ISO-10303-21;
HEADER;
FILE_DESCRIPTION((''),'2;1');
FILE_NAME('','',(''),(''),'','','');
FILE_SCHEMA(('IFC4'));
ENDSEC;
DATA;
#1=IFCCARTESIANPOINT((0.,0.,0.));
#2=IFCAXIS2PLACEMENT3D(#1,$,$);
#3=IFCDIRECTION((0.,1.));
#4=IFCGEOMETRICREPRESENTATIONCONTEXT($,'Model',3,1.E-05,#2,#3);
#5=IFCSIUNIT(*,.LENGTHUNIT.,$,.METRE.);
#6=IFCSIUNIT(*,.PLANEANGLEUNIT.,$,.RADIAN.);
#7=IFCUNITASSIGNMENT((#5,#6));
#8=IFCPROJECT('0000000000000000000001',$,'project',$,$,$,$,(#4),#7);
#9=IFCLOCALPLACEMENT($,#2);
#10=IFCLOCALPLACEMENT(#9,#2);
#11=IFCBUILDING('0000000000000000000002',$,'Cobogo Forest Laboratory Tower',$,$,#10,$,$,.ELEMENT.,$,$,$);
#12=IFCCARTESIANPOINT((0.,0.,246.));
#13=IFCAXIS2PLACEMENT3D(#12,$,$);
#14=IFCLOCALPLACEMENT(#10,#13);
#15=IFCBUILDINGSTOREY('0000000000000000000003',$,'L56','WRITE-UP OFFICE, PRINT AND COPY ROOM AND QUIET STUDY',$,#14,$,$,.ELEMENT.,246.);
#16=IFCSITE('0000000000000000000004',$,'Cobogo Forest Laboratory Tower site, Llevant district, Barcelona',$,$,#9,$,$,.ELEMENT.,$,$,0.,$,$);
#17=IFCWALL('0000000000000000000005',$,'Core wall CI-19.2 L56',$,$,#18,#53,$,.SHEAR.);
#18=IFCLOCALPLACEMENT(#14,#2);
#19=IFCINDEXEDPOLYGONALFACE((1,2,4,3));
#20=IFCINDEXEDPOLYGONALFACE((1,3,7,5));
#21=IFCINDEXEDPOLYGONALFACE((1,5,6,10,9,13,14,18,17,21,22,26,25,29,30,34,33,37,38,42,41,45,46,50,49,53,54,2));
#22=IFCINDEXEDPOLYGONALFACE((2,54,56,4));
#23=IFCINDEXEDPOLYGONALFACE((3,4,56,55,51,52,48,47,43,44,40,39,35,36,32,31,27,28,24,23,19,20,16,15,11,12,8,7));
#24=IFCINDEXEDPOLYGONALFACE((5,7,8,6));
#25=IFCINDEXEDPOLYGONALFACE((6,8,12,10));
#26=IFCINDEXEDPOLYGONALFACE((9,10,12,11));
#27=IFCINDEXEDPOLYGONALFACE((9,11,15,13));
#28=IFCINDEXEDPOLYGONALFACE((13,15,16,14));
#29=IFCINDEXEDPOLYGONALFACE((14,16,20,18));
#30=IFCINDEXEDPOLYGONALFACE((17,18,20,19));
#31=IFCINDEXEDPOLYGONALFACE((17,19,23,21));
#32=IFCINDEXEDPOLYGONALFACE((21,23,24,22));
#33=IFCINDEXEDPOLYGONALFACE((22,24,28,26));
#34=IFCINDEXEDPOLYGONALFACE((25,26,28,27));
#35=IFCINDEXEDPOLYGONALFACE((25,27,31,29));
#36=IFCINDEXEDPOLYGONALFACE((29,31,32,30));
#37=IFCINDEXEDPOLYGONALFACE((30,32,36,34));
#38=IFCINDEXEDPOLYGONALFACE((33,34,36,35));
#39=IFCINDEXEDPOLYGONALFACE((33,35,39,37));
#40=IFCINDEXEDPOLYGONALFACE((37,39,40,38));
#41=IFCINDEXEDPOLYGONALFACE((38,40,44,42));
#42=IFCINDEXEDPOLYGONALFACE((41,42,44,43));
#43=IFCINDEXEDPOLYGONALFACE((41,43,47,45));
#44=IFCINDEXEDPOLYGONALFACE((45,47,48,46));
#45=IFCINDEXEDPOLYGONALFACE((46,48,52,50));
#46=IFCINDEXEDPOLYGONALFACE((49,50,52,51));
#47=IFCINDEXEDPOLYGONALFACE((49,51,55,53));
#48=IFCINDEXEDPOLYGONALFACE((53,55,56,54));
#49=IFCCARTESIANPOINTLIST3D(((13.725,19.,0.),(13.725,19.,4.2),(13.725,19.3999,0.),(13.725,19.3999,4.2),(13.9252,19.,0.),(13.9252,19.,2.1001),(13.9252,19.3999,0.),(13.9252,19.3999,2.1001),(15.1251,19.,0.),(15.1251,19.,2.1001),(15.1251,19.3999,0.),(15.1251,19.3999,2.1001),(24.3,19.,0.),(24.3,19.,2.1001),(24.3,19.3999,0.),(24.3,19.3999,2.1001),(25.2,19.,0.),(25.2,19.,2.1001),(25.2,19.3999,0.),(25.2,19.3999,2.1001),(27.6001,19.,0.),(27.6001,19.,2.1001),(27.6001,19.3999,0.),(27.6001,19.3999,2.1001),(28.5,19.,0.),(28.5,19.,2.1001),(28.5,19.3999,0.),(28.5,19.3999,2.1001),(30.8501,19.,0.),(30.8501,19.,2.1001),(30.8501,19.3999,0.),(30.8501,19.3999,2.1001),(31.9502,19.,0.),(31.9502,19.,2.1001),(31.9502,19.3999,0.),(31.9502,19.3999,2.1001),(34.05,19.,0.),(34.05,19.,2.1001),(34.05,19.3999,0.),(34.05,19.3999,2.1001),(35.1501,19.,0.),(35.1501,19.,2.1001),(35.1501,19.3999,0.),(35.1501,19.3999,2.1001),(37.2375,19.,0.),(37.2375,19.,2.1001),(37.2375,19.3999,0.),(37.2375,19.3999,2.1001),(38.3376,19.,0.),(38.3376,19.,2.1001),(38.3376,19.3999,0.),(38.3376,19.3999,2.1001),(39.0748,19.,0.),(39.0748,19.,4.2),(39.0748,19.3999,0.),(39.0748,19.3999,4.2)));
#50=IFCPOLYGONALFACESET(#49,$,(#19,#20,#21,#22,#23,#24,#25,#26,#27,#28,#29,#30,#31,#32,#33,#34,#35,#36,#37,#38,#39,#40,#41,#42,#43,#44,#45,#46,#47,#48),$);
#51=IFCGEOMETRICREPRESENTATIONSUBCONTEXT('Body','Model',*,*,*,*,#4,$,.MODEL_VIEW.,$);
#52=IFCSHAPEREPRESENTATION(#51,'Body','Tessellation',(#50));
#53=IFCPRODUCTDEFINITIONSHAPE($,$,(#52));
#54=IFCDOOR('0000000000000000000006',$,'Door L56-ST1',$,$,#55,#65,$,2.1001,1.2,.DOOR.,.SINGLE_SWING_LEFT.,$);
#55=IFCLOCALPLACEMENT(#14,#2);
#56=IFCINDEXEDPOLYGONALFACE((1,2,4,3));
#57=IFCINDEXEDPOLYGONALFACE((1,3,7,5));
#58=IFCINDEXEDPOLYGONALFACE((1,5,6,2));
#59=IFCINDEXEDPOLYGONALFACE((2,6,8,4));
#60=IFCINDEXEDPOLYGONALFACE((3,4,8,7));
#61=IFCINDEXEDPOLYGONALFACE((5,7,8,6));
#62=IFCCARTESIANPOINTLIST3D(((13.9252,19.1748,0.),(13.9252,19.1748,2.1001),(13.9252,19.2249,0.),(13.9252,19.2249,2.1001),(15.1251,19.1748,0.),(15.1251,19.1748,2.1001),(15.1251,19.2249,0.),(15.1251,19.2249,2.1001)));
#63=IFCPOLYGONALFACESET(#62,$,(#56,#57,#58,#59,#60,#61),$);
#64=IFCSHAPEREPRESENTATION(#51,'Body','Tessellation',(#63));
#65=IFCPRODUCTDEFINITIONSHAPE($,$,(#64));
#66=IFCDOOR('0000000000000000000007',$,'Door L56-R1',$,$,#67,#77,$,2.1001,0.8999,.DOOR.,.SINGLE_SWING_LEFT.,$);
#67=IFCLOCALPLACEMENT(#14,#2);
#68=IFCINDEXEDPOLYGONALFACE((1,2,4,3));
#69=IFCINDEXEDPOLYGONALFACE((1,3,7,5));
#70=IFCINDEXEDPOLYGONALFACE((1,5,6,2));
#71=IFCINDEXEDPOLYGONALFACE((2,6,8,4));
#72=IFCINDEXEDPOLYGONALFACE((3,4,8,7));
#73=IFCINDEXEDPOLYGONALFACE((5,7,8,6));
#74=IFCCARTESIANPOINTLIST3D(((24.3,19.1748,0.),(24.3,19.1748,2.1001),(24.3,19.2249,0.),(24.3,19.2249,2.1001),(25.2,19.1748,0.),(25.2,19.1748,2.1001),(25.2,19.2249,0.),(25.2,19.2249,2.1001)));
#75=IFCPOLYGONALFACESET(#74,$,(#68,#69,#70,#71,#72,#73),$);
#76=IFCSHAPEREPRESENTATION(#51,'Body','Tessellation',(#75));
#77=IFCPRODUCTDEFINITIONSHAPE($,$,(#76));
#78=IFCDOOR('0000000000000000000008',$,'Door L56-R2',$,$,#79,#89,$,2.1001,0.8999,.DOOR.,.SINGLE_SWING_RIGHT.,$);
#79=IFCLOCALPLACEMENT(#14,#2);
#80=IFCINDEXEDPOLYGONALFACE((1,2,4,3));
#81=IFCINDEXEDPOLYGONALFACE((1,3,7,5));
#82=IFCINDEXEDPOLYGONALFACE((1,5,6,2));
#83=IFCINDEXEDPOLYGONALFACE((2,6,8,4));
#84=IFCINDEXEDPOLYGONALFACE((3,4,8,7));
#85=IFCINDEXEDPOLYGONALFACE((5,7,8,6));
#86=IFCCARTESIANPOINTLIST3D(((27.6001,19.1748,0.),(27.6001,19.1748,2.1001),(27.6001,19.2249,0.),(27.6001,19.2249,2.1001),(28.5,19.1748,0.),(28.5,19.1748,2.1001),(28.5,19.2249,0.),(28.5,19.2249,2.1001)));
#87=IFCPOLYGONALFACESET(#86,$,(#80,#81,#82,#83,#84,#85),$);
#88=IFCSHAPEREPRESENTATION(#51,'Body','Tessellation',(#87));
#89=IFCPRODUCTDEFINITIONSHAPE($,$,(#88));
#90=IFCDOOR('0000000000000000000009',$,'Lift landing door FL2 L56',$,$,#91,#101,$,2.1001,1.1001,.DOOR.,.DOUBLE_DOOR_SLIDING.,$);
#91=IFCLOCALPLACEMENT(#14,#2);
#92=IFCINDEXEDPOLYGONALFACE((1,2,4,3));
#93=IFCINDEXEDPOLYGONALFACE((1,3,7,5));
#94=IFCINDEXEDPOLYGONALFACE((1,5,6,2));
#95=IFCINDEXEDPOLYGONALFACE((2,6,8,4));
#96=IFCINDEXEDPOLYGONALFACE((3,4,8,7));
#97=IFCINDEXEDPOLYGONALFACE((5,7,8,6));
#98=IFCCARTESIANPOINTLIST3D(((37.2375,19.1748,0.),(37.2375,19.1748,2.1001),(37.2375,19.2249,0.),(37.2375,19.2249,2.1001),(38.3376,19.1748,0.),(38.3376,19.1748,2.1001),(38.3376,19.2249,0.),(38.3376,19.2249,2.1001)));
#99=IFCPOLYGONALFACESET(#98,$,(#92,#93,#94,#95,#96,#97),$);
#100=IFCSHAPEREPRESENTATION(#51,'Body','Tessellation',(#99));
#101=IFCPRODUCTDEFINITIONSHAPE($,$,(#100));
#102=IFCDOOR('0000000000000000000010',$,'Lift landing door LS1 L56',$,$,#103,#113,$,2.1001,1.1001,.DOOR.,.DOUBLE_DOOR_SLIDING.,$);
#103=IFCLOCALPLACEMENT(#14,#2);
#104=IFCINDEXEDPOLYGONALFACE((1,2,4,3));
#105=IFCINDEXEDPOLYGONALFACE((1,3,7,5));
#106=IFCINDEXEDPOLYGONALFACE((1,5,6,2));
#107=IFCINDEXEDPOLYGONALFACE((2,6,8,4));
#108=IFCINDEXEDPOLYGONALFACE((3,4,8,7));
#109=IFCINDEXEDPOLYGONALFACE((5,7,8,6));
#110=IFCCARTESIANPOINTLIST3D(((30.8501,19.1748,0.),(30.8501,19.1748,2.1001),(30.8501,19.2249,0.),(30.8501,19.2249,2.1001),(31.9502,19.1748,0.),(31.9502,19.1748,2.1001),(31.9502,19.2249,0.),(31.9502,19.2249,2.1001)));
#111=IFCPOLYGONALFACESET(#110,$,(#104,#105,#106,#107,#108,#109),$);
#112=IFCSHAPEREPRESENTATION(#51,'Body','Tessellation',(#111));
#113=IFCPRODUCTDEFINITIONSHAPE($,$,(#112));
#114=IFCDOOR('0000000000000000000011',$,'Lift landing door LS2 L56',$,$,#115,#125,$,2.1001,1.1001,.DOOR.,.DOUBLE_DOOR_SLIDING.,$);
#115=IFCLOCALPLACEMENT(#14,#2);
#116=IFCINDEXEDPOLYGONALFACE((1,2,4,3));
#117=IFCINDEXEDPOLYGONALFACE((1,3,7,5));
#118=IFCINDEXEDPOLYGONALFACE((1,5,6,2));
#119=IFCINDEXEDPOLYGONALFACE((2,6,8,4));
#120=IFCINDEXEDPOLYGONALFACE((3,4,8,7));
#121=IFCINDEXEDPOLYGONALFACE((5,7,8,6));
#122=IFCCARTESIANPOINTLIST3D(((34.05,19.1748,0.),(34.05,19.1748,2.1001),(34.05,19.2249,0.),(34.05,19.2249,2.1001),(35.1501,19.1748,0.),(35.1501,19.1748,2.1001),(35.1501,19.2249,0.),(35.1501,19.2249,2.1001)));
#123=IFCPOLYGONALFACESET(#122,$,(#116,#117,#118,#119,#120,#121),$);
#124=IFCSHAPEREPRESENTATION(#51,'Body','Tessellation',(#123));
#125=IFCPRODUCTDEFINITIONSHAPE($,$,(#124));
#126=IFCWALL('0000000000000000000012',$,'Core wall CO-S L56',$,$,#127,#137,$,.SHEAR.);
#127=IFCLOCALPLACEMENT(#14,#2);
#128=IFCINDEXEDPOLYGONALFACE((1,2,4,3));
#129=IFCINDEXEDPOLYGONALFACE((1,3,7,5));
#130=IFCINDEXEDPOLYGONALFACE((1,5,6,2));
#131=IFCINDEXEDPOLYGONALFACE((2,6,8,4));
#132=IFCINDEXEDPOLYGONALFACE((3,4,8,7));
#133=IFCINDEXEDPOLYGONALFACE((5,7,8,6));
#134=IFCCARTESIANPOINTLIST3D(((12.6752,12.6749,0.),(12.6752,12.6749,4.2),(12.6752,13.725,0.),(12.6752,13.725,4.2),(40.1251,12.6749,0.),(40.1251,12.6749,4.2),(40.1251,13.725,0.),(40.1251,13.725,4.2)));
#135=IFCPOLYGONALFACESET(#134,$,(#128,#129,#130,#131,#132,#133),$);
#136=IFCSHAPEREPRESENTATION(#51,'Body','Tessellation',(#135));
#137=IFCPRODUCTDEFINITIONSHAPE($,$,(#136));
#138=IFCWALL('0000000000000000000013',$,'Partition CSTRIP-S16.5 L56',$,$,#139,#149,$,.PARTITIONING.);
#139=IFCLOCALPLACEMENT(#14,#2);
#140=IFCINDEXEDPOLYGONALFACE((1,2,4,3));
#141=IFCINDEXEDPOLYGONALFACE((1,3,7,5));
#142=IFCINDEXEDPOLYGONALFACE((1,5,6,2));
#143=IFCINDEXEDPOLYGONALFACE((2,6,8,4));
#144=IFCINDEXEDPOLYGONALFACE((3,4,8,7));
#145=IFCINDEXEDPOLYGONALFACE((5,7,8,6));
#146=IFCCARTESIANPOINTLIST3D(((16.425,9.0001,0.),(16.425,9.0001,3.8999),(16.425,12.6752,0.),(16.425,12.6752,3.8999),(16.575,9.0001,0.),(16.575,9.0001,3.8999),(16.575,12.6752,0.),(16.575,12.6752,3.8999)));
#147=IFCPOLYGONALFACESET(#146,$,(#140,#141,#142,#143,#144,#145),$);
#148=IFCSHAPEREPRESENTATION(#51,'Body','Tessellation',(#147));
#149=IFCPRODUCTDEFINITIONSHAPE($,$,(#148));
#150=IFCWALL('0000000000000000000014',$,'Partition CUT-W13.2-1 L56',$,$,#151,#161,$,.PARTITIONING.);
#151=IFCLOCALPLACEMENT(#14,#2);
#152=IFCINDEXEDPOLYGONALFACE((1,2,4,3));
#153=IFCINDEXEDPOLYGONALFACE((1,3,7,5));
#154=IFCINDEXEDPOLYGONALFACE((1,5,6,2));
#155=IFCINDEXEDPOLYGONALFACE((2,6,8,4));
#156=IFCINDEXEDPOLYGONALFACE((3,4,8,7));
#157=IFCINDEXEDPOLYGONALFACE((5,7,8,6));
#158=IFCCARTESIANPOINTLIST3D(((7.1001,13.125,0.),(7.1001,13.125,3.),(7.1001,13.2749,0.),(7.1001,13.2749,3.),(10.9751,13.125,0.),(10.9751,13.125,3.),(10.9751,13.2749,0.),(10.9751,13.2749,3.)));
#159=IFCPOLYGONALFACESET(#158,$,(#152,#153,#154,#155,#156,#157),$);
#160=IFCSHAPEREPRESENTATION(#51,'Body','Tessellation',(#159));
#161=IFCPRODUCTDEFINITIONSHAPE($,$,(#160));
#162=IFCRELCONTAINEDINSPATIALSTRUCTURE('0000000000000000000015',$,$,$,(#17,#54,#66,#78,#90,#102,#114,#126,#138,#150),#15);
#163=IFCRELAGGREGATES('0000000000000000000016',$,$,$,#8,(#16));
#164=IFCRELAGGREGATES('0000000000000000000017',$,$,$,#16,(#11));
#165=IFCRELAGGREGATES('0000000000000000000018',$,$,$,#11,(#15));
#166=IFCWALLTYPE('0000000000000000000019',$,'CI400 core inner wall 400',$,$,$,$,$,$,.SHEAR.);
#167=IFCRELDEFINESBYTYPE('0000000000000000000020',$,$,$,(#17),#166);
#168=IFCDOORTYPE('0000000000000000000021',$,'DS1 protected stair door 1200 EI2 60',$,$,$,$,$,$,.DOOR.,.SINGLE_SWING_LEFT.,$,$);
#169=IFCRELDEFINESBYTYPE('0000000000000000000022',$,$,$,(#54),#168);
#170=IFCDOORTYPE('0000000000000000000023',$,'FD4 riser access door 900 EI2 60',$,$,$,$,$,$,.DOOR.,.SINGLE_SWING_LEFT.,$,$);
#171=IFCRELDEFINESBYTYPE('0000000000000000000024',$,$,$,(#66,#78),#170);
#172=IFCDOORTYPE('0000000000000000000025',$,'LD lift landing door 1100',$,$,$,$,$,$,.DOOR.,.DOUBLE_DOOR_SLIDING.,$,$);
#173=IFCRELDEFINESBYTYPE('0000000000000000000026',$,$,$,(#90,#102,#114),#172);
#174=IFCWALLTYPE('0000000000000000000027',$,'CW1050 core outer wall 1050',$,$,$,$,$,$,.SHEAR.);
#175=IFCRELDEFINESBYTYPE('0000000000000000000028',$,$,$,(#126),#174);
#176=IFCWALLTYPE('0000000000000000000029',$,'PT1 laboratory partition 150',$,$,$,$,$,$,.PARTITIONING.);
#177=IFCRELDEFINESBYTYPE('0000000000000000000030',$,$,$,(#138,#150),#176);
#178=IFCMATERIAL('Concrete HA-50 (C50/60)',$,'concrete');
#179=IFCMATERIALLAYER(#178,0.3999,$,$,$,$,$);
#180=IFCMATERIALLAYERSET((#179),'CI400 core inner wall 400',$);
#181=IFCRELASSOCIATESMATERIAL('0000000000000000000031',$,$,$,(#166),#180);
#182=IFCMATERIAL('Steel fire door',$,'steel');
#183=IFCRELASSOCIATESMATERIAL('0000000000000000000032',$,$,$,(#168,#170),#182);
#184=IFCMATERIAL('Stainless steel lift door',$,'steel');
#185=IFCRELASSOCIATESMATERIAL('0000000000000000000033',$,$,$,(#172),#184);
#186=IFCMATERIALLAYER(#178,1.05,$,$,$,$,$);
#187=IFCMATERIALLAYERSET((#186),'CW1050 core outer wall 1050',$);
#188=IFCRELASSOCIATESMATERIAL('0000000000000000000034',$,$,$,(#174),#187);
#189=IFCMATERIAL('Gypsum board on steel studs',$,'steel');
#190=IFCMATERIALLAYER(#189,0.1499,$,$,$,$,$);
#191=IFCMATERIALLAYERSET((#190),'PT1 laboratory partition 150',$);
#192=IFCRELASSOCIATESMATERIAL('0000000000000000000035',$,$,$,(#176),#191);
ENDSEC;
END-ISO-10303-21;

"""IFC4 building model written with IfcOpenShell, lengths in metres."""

from ifc_helpers import new_model, si_unit, direction, frame, frame_2d, origin, place, context, subcontext, project, spatial, rectangle, extrude, material, layer, layer_set, type_object, element, fill, save


model = new_model("IFC4")

# Units and contexts
model_context = context("Model", 3, precision=1e-05, world=origin(), true_north=direction((0.0, 1.0)))
body_context = subcontext(model_context, "Body", "Model", "MODEL_VIEW")
ifc_project = project(units=[si_unit("LENGTHUNIT", "METRE"), si_unit("PLANEANGLEUNIT", "RADIAN")], contexts=[model_context])

# Site, building, storey
site_placement = place(None, origin())
site = spatial("IfcSite", under=ifc_project, at=site_placement, Name="Cobogo Forest Laboratory Tower site, Llevant district, Barcelona", CompositionType="ELEMENT", RefElevation=0.0)
building_placement = place(site_placement, origin())
building = spatial("IfcBuilding", under=site, at=building_placement, Name="Cobogo Forest Laboratory Tower", CompositionType="ELEMENT")
storey_placement = place(building_placement, frame((0.0, 0.0, 246.0)))
storey = spatial("IfcBuildingStorey", under=building, at=storey_placement, Name="L56", Description="WRITE-UP OFFICE, PRINT AND COPY ROOM AND QUIET STUDY", CompositionType="ELEMENT", Elevation=246.0)

# Wall, openings, doors
ifc_material_1 = material(Name="Concrete HA-50 (C50/60)", Category="concrete")
ifc_layer_1 = layer(ifc_material_1, 0.3999)
ifc_layer_set_1 = layer_set([ifc_layer_1], Name="CI400 core inner wall 400")
wall_type_1 = type_object("IfcWallType", Name="CI400 core inner wall 400", PredefinedType="SHEAR", material=ifc_layer_set_1)
ifc_material_2 = material(Name="Steel fire door", Category="steel")
wall_1_placement = place(storey_placement, frame((13.7251, 19.2, 0.0), z_axis=(0.0, 0.0, 1.0), x_axis=(1.0, 0.0, 0.0)))
wall_1 = element("IfcWall", 1, at=wall_1_placement, inside=storey, type_object=wall_type_1, Name="Core wall CI-19.2 L56", PredefinedType="SHEAR", context=body_context, shape_type="SweptSolid", body=[
    extrude(rectangle(XDim=25.3499, YDim=0.3999, at=frame_2d((12.6748, 0.0))), origin(), (0.0, 0.0, 1.0), 4.2),
])
opening_1_placement = place(wall_1_placement, frame((10.575, 0.0, 0.0)))
opening_1 = element("IfcOpeningElement", 2, at=opening_1_placement, cuts=wall_1, PredefinedType="OPENING", context=body_context, shape_type="SweptSolid", body=[
    extrude(rectangle(XDim=0.8999, YDim=2.1001, at=frame_2d((0.45, 1.05))), frame((0.0, 0.21, 0.0), z_axis=(0.0, -1.0, 0.0), x_axis=(1.0, 0.0, 0.0)), (0.0, 0.0, 1.0), 0.4199),
])
opening_2_placement = place(wall_1_placement, frame((13.875, 0.0, 0.0)))
opening_2 = element("IfcOpeningElement", 3, at=opening_2_placement, cuts=wall_1, PredefinedType="OPENING", context=body_context, shape_type="SweptSolid", body=[
    extrude(rectangle(XDim=0.8999, YDim=2.1001, at=frame_2d((0.45, 1.05))), frame((0.0, 0.21, 0.0), z_axis=(0.0, -1.0, 0.0), x_axis=(1.0, 0.0, 0.0)), (0.0, 0.0, 1.0), 0.4199),
])
opening_3_placement = place(wall_1_placement, frame((0.2, 0.0, 0.0)))
opening_3 = element("IfcOpeningElement", 4, at=opening_3_placement, cuts=wall_1, PredefinedType="OPENING", context=body_context, shape_type="SweptSolid", body=[
    extrude(rectangle(XDim=1.2, YDim=2.1001, at=frame_2d((0.6001, 1.05))), frame((0.0, 0.21, 0.0), z_axis=(0.0, -1.0, 0.0), x_axis=(1.0, 0.0, 0.0)), (0.0, 0.0, 1.0), 0.4199),
])
opening_4_placement = place(wall_1_placement, frame((23.5125, 0.0, 0.0)))
opening_4 = element("IfcOpeningElement", 5, at=opening_4_placement, cuts=wall_1, PredefinedType="OPENING", context=body_context, shape_type="SweptSolid", body=[
    extrude(rectangle(XDim=1.1001, YDim=2.1001, at=frame_2d((0.55, 1.05))), frame((0.0, 0.21, 0.0), z_axis=(0.0, -1.0, 0.0), x_axis=(1.0, 0.0, 0.0)), (0.0, 0.0, 1.0), 0.4199),
])
opening_5_placement = place(wall_1_placement, frame((17.125, 0.0, 0.0)))
opening_5 = element("IfcOpeningElement", 6, at=opening_5_placement, cuts=wall_1, PredefinedType="OPENING", context=body_context, shape_type="SweptSolid", body=[
    extrude(rectangle(XDim=1.1001, YDim=2.1001, at=frame_2d((0.55, 1.05))), frame((0.0, 0.21, 0.0), z_axis=(0.0, -1.0, 0.0), x_axis=(1.0, 0.0, 0.0)), (0.0, 0.0, 1.0), 0.4199),
])
opening_6_placement = place(wall_1_placement, frame((20.325, 0.0, 0.0)))
opening_6 = element("IfcOpeningElement", 7, at=opening_6_placement, cuts=wall_1, PredefinedType="OPENING", context=body_context, shape_type="SweptSolid", body=[
    extrude(rectangle(XDim=1.1001, YDim=2.1001, at=frame_2d((0.55, 1.05))), frame((0.0, 0.21, 0.0), z_axis=(0.0, -1.0, 0.0), x_axis=(1.0, 0.0, 0.0)), (0.0, 0.0, 1.0), 0.4199),
])
door_type_1 = type_object("IfcDoorType", Name="DS1 protected stair door 1200 EI2 60", OperationType="SINGLE_SWING_LEFT", PredefinedType="DOOR", material=ifc_material_2)
door_1_placement = place(opening_3_placement, origin())
door_1 = element("IfcDoor", 8, at=door_1_placement, inside=storey, type_object=door_type_1, Name="Door L56-ST1", OperationType="SINGLE_SWING_LEFT", OverallHeight=2.1001, OverallWidth=1.2, PredefinedType="DOOR", context=body_context, shape_type="SweptSolid", body=[
    extrude(rectangle(XDim=1.2, YDim=2.1001, at=frame_2d((0.6001, 1.05))), frame((0.0, 0.0249, 0.0), z_axis=(0.0, -1.0, 0.0), x_axis=(1.0, 0.0, 0.0)), (0.0, 0.0, 1.0), 0.05),
])
fill(opening_3, door_1)
door_type_2 = type_object("IfcDoorType", Name="FD4 riser access door 900 EI2 60", OperationType="SINGLE_SWING_LEFT", PredefinedType="DOOR", material=ifc_material_2)
door_2_placement = place(opening_1_placement, origin())
door_2 = element("IfcDoor", 9, at=door_2_placement, inside=storey, type_object=door_type_2, Name="Door L56-R1", OperationType="SINGLE_SWING_LEFT", OverallHeight=2.1001, OverallWidth=0.8999, PredefinedType="DOOR", context=body_context, shape_type="SweptSolid", body=[
    extrude(rectangle(XDim=0.8999, YDim=2.1001, at=frame_2d((0.45, 1.05))), frame((0.0, 0.0249, 0.0), z_axis=(0.0, -1.0, 0.0), x_axis=(1.0, 0.0, 0.0)), (0.0, 0.0, 1.0), 0.05),
])
fill(opening_1, door_2)
door_3_placement = place(opening_2_placement, origin())
door_3 = element("IfcDoor", 10, at=door_3_placement, inside=storey, type_object=door_type_2, Name="Door L56-R2", OperationType="SINGLE_SWING_RIGHT", OverallHeight=2.1001, OverallWidth=0.8999, PredefinedType="DOOR", context=body_context, shape_type="SweptSolid", body=[
    extrude(rectangle(XDim=0.8999, YDim=2.1001, at=frame_2d((0.45, 1.05))), frame((0.0, 0.0249, 0.0), z_axis=(0.0, -1.0, 0.0), x_axis=(1.0, 0.0, 0.0)), (0.0, 0.0, 1.0), 0.05),
])
fill(opening_2, door_3)
ifc_material_3 = material(Name="Stainless steel lift door", Category="steel")
door_type_3 = type_object("IfcDoorType", Name="LD lift landing door 1100", OperationType="DOUBLE_DOOR_SLIDING", PredefinedType="DOOR", material=ifc_material_3)
door_4_placement = place(opening_4_placement, origin())
door_4 = element("IfcDoor", 11, at=door_4_placement, inside=storey, type_object=door_type_3, Name="Lift landing door FL2 L56", OperationType="DOUBLE_DOOR_SLIDING", OverallHeight=2.1001, OverallWidth=1.1001, PredefinedType="DOOR", context=body_context, shape_type="SweptSolid", body=[
    extrude(rectangle(XDim=1.1001, YDim=2.1001, at=frame_2d((0.55, 1.05))), frame((0.0, 0.0249, 0.0), z_axis=(0.0, -1.0, 0.0), x_axis=(1.0, 0.0, 0.0)), (0.0, 0.0, 1.0), 0.05),
])
fill(opening_4, door_4)
door_5_placement = place(opening_5_placement, origin())
door_5 = element("IfcDoor", 12, at=door_5_placement, inside=storey, type_object=door_type_3, Name="Lift landing door LS1 L56", OperationType="DOUBLE_DOOR_SLIDING", OverallHeight=2.1001, OverallWidth=1.1001, PredefinedType="DOOR", context=body_context, shape_type="SweptSolid", body=[
    extrude(rectangle(XDim=1.1001, YDim=2.1001, at=frame_2d((0.55, 1.05))), frame((0.0, 0.0249, 0.0), z_axis=(0.0, -1.0, 0.0), x_axis=(1.0, 0.0, 0.0)), (0.0, 0.0, 1.0), 0.05),
])
fill(opening_5, door_5)
door_6_placement = place(opening_6_placement, origin())
door_6 = element("IfcDoor", 13, at=door_6_placement, inside=storey, type_object=door_type_3, Name="Lift landing door LS2 L56", OperationType="DOUBLE_DOOR_SLIDING", OverallHeight=2.1001, OverallWidth=1.1001, PredefinedType="DOOR", context=body_context, shape_type="SweptSolid", body=[
    extrude(rectangle(XDim=1.1001, YDim=2.1001, at=frame_2d((0.55, 1.05))), frame((0.0, 0.0249, 0.0), z_axis=(0.0, -1.0, 0.0), x_axis=(1.0, 0.0, 0.0)), (0.0, 0.0, 1.0), 0.05),
])
fill(opening_6, door_6)

# Walls
ifc_layer_2 = layer(ifc_material_1, 1.05)
ifc_layer_set_2 = layer_set([ifc_layer_2], Name="CW1050 core outer wall 1050")
wall_type_2 = type_object("IfcWallType", Name="CW1050 core outer wall 1050", PredefinedType="SHEAR", material=ifc_layer_set_2)
wall_2_placement = place(storey_placement, frame((12.675, 13.2, 0.0), z_axis=(0.0, 0.0, 1.0), x_axis=(1.0, 0.0, 0.0)))
element("IfcWall", 14, at=wall_2_placement, inside=storey, type_object=wall_type_2, Name="Core wall CO-S L56", PredefinedType="SHEAR", context=body_context, shape_type="SweptSolid", body=[
    extrude(rectangle(XDim=27.45, YDim=1.05, at=frame_2d((13.7251, 0.0))), origin(), (0.0, 0.0, 1.0), 4.2),
])
ifc_material_4 = material(Name="Gypsum board on steel studs", Category="steel")
ifc_layer_3 = layer(ifc_material_4, 0.1499)
ifc_layer_set_3 = layer_set([ifc_layer_3], Name="PT1 laboratory partition 150")
wall_type_3 = type_object("IfcWallType", Name="PT1 laboratory partition 150", PredefinedType="PARTITIONING", material=ifc_layer_set_3)
wall_3_placement = place(storey_placement, frame((16.5, 12.675, 0.0), z_axis=(0.0, 0.0, 1.0), x_axis=(0.0, -1.0, 0.0)))
element("IfcWall", 15, at=wall_3_placement, inside=storey, type_object=wall_type_3, Name="Partition CSTRIP-S16.5 L56", PredefinedType="PARTITIONING", context=body_context, shape_type="SweptSolid", body=[
    extrude(rectangle(XDim=3.675, YDim=0.1499, at=frame_2d((1.8374, 0.0))), origin(), (0.0, 0.0, 1.0), 3.8999),
])
wall_4_placement = place(storey_placement, frame((7.1001, 13.2, 0.0), z_axis=(0.0, 0.0, 1.0), x_axis=(1.0, 0.0, 0.0)))
element("IfcWall", 16, at=wall_4_placement, inside=storey, type_object=wall_type_3, Name="Partition CUT-W13.2-1 L56", PredefinedType="PARTITIONING", context=body_context, shape_type="SweptSolid", body=[
    extrude(rectangle(XDim=3.875, YDim=0.1499, at=frame_2d((1.9375, 0.0))), origin(), (0.0, 0.0, 1.0), 3.0),
])

save(model, "model.ifc")
